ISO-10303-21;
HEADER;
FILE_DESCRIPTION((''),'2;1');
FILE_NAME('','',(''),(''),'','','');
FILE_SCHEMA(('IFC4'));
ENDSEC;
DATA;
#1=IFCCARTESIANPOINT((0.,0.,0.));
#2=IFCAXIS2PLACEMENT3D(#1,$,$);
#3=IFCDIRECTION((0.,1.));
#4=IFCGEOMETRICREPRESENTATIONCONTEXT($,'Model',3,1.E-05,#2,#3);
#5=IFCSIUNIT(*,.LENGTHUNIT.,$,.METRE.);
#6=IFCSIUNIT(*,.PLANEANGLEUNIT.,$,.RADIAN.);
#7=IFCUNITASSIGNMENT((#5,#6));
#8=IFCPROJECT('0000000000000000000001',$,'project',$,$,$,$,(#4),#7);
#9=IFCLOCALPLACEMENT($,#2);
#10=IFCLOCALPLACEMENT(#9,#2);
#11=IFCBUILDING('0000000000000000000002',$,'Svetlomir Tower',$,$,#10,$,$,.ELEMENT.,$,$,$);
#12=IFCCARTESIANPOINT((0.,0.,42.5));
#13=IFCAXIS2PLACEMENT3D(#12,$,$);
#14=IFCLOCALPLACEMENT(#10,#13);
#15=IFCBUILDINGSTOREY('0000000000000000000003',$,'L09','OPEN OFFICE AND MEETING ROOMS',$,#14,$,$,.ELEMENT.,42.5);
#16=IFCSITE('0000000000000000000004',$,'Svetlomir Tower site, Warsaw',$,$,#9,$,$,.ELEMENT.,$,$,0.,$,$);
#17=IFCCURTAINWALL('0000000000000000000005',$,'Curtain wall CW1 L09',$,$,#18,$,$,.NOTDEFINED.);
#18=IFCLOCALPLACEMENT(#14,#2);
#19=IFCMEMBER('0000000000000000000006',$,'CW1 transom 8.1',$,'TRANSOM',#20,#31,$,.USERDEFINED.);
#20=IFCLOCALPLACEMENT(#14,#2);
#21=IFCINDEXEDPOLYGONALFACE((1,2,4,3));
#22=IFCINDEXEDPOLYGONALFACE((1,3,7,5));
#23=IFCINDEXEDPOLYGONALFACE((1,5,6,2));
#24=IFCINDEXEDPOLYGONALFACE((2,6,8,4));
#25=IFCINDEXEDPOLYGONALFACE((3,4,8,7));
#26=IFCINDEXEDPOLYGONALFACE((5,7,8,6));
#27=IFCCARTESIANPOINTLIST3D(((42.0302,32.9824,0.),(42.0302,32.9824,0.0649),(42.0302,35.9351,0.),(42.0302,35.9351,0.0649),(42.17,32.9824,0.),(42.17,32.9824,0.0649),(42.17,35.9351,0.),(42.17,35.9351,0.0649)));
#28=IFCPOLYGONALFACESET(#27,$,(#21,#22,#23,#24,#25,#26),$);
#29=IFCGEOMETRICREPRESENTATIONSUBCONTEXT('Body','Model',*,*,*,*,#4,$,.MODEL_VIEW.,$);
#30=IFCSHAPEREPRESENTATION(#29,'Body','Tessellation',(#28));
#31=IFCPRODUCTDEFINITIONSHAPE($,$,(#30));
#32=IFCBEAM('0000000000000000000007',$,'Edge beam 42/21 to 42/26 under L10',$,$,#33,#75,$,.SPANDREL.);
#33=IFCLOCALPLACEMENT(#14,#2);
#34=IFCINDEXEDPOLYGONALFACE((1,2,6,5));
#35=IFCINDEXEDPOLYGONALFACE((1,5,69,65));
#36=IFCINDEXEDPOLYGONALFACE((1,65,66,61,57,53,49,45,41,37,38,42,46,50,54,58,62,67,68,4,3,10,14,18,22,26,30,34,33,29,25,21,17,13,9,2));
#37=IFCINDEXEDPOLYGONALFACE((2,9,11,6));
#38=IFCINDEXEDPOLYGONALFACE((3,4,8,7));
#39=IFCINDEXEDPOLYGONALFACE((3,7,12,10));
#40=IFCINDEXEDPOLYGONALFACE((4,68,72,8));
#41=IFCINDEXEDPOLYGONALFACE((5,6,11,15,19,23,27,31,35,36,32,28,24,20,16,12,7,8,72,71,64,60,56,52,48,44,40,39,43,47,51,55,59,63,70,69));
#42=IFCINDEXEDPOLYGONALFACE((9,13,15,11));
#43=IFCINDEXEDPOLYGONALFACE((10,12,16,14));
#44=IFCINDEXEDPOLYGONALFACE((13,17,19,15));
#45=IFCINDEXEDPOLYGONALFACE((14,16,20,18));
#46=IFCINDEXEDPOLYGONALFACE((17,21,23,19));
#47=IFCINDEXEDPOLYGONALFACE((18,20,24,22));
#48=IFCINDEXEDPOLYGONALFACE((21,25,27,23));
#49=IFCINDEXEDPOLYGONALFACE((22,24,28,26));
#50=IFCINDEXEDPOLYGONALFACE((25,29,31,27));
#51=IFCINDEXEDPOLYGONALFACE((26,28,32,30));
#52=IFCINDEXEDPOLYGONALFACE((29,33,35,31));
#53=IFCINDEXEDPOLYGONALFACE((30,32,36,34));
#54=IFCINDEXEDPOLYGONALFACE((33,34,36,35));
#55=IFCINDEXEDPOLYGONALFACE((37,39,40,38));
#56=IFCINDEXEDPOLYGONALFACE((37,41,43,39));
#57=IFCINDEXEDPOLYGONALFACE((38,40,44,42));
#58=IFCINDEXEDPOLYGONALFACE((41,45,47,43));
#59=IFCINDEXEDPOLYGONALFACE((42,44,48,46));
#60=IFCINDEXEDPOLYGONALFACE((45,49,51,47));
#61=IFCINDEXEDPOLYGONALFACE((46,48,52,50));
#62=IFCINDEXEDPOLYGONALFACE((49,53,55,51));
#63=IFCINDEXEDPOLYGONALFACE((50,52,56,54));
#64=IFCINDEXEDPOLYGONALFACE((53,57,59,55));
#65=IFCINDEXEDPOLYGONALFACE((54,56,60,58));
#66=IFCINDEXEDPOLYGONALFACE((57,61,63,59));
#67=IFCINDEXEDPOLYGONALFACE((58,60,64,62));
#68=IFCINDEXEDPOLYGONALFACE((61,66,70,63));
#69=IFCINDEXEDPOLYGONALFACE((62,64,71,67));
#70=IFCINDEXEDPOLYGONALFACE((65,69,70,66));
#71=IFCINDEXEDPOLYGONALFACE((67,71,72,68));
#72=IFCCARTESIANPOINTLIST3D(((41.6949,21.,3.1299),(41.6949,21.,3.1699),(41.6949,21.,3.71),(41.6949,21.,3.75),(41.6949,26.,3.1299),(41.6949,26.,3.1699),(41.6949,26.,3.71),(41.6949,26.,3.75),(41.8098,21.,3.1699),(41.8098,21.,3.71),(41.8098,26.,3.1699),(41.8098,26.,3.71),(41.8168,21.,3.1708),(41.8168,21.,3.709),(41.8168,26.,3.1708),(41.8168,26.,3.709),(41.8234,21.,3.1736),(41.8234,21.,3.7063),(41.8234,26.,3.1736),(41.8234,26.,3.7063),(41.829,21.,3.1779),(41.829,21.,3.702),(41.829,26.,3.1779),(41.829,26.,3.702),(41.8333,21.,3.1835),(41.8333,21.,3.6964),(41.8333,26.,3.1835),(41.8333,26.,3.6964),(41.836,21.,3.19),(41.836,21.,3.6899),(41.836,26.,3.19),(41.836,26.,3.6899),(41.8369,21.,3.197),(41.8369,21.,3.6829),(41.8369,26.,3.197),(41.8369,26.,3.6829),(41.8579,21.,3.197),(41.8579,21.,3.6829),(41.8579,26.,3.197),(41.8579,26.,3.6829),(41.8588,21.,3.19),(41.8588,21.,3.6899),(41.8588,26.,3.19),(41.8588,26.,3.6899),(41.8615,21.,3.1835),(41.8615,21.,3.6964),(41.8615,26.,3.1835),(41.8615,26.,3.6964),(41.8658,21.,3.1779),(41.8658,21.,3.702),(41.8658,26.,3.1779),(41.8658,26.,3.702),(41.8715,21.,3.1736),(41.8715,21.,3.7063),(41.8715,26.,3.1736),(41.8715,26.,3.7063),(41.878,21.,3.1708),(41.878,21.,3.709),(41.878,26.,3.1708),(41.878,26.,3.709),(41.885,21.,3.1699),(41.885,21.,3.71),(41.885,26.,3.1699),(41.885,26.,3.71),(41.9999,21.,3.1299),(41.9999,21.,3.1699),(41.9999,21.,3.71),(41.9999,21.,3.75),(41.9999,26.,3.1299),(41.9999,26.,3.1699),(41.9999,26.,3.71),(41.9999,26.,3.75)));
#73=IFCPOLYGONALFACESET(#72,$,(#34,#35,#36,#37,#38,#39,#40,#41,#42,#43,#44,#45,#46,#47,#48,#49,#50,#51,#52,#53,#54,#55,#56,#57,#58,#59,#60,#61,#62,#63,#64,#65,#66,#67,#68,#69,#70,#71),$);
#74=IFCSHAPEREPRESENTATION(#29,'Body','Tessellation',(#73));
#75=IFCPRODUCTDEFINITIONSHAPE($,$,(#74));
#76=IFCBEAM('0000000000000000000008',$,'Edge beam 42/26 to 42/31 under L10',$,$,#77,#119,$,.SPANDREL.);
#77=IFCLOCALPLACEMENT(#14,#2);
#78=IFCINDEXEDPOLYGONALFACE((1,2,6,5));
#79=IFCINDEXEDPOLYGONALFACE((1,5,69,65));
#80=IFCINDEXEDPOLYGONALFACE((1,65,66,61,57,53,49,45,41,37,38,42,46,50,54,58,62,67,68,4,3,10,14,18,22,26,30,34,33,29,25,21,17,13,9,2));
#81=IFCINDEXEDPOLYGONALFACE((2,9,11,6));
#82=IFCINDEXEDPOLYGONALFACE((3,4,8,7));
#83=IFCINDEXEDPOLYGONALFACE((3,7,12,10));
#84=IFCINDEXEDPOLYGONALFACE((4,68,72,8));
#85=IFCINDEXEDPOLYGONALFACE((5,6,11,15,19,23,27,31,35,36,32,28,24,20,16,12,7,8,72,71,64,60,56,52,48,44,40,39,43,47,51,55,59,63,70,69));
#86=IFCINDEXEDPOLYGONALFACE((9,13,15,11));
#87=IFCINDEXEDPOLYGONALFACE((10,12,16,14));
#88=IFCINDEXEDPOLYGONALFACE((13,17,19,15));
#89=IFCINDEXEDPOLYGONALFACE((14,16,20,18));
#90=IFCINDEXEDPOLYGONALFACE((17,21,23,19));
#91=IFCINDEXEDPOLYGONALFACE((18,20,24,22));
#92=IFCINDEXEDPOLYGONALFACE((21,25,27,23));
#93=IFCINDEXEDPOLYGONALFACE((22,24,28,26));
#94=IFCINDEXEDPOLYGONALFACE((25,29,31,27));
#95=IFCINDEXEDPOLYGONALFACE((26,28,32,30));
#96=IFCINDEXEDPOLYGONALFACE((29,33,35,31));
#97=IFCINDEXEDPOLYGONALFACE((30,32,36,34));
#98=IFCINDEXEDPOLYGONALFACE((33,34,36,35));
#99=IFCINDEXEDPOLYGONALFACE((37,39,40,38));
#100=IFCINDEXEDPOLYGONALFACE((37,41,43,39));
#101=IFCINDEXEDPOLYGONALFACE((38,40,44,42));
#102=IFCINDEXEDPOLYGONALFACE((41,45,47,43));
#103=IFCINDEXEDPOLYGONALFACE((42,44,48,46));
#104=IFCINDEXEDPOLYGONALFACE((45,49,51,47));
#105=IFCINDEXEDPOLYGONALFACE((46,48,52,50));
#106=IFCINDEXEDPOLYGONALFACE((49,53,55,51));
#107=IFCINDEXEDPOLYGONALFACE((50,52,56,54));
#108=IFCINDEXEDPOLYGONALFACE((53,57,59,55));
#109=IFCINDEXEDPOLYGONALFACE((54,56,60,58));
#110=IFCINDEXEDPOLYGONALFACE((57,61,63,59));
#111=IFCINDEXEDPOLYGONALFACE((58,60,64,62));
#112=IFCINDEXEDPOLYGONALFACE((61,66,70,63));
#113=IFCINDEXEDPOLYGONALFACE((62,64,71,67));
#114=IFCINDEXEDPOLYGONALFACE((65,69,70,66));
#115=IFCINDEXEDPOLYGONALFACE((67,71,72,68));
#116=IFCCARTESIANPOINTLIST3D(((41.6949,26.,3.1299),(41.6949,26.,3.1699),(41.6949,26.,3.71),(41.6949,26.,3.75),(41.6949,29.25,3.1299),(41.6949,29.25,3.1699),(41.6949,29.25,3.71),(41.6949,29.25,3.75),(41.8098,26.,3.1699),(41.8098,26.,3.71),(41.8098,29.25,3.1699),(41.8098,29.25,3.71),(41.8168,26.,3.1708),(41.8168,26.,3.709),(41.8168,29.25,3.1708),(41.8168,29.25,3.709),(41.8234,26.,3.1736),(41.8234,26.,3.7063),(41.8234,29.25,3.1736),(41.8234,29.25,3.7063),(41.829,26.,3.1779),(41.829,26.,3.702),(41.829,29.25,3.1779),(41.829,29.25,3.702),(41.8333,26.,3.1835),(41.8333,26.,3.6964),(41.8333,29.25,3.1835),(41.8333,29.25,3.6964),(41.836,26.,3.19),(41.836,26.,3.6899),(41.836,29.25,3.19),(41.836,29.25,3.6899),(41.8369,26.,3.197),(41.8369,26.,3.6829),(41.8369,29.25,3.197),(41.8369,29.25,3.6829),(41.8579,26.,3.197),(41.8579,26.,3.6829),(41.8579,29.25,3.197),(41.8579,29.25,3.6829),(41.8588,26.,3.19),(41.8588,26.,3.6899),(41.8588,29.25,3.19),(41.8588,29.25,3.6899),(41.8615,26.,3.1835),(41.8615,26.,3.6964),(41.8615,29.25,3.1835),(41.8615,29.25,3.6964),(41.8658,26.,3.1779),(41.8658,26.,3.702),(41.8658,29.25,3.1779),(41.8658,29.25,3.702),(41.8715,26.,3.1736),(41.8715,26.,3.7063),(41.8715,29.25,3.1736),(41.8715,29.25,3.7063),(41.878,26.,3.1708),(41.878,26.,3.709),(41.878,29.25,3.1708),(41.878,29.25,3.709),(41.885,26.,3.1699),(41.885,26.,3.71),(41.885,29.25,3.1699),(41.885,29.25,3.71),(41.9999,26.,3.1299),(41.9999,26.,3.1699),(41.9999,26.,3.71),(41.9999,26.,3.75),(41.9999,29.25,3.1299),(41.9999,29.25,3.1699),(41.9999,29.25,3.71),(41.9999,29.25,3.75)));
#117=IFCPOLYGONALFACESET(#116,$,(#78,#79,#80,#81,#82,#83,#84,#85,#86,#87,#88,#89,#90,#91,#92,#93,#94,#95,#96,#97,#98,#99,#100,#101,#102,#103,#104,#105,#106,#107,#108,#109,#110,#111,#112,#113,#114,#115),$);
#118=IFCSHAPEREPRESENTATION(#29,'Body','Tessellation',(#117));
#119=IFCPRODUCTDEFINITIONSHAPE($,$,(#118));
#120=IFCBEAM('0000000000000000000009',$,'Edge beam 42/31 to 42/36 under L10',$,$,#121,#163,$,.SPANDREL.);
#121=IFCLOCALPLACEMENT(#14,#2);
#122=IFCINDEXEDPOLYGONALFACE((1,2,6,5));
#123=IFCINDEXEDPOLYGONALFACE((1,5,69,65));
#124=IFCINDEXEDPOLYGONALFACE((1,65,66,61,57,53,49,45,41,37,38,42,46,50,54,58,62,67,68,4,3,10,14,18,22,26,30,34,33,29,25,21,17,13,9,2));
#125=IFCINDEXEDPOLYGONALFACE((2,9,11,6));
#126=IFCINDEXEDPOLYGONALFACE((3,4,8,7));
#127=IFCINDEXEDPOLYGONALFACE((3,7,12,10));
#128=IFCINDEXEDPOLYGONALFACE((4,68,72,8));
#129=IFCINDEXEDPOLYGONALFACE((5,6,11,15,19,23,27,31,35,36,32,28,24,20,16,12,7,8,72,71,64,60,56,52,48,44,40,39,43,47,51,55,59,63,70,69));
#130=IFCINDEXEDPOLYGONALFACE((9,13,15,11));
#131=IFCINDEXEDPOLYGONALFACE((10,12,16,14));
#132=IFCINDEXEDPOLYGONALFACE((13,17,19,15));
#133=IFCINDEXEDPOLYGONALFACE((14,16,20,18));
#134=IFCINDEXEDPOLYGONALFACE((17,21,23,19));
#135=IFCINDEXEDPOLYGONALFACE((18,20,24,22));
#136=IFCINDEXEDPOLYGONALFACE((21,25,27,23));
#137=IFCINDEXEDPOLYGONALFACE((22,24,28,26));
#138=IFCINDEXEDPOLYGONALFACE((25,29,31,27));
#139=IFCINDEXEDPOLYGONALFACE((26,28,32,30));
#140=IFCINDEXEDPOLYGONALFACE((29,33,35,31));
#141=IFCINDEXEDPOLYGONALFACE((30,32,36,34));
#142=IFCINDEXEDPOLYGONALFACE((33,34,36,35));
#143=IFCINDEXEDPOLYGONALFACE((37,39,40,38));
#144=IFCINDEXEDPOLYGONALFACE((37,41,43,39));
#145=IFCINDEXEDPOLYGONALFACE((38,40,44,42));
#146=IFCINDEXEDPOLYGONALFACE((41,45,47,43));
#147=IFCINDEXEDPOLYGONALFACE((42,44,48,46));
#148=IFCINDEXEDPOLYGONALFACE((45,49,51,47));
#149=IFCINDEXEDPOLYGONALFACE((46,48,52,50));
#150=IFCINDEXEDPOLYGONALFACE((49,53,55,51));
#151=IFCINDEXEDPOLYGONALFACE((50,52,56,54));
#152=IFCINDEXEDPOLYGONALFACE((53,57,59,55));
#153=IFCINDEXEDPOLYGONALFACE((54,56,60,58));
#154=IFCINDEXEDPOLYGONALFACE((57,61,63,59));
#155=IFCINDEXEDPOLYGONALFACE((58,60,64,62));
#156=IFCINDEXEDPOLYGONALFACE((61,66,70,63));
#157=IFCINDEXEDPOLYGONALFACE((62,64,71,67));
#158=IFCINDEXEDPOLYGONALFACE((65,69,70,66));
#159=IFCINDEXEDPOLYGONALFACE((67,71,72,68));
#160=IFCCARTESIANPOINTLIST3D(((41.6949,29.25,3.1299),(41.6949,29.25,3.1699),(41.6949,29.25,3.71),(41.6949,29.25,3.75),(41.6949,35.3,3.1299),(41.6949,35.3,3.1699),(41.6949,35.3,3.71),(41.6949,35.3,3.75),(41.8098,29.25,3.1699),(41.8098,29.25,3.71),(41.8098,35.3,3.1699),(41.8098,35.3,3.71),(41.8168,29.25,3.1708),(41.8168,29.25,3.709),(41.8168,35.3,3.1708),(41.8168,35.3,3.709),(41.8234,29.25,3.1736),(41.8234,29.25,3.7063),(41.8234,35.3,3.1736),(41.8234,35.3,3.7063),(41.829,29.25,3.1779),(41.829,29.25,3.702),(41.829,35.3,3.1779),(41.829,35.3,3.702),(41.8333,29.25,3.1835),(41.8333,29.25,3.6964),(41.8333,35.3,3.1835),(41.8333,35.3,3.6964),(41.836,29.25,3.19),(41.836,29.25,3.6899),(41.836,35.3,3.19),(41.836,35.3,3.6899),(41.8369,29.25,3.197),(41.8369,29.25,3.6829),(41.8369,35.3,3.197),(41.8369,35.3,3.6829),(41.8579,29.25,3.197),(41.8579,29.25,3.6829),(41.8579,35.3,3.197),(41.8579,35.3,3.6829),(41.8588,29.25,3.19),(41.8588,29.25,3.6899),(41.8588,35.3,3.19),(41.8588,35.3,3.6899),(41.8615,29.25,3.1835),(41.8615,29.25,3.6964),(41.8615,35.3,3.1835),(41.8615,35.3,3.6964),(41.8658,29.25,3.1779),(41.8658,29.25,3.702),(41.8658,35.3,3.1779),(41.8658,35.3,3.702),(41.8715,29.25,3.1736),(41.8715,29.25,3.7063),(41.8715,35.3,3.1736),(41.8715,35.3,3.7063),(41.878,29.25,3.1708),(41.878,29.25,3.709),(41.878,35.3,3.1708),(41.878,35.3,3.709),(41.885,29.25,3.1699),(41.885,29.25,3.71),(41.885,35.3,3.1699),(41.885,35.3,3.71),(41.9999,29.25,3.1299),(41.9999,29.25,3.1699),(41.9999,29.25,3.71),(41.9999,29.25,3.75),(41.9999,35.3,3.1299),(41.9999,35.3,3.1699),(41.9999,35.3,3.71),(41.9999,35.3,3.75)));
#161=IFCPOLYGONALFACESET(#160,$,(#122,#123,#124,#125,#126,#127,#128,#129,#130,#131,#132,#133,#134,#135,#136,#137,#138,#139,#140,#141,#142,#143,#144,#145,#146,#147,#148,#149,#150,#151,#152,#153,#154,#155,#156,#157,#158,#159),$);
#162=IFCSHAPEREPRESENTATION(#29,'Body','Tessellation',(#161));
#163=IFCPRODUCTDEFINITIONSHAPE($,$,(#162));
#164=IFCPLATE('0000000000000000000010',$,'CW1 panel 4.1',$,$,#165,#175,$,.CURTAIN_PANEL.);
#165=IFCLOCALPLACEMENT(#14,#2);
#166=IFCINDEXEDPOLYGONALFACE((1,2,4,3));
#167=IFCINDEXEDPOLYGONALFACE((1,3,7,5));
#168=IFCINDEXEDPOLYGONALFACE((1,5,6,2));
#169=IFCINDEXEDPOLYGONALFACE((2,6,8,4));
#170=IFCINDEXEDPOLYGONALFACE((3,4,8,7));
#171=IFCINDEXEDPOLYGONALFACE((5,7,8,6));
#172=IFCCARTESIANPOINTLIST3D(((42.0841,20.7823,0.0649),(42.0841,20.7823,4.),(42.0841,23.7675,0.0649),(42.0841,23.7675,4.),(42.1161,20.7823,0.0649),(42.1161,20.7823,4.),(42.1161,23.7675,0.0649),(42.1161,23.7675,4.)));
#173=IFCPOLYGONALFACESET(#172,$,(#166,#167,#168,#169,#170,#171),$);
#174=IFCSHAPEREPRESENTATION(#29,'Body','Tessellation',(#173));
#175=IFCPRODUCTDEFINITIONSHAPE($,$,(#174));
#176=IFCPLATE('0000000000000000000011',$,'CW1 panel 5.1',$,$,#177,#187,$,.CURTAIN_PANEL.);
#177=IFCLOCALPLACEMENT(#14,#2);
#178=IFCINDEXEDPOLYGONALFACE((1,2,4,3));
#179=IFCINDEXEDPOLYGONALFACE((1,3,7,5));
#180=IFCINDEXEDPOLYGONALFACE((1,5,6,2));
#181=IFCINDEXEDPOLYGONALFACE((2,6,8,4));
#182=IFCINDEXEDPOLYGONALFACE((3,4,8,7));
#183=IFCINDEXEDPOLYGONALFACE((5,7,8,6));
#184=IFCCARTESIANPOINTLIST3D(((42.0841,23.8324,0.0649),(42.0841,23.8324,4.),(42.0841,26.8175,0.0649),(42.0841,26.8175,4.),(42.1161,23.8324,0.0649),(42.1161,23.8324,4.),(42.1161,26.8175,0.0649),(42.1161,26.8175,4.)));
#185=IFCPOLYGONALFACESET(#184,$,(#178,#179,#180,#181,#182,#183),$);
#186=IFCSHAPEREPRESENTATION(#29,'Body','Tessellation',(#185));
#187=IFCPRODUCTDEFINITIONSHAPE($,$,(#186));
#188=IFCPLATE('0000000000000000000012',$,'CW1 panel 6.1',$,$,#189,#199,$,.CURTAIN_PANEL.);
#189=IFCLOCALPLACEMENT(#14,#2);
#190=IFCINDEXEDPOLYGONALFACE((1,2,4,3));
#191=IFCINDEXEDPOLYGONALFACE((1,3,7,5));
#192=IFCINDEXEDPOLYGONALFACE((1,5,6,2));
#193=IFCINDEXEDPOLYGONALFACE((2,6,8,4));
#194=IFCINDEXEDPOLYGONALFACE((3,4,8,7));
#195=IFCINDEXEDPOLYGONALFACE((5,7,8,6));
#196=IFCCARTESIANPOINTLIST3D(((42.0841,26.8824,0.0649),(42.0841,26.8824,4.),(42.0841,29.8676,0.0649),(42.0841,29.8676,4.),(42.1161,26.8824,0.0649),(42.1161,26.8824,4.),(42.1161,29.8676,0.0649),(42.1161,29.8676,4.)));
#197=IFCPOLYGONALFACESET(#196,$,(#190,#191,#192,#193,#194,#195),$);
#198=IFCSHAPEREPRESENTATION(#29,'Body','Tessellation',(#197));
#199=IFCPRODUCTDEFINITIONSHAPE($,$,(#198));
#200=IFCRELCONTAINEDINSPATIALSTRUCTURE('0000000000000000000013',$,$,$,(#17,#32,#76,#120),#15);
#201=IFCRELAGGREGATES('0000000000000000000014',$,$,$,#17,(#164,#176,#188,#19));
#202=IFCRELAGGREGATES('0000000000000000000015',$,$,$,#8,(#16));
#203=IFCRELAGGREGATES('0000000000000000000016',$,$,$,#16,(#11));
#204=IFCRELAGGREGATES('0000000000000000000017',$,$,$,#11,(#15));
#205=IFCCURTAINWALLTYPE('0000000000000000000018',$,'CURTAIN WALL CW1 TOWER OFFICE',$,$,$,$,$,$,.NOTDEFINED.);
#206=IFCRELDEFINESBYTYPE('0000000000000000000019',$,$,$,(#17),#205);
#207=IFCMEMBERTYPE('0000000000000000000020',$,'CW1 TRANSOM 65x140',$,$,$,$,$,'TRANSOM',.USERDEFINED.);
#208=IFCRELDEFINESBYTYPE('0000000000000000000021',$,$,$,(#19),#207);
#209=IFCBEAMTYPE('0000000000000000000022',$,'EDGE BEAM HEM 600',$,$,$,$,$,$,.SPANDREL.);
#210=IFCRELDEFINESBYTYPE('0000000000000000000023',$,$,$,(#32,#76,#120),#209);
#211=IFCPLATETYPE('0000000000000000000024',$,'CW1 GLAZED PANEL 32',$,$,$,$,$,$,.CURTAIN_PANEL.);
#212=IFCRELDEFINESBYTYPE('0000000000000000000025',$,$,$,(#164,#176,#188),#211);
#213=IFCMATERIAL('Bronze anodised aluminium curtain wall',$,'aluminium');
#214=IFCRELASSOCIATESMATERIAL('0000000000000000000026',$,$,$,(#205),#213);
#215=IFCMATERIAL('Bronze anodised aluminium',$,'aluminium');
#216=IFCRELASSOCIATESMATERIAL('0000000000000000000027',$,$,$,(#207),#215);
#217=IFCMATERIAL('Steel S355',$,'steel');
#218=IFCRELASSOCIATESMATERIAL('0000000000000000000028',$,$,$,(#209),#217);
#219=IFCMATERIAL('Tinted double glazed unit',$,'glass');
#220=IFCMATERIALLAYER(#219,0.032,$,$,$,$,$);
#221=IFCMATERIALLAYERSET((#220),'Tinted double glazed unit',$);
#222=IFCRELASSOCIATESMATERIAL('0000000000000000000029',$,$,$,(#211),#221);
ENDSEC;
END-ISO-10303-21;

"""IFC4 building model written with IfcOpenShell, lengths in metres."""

from ifc_helpers import new_model, si_unit, direction, frame, origin, origin_2d, place, context, subcontext, project, spatial, rectangle, i_section, extrude, material, layer, layer_set, material_profile, profile_set, type_object, element, aggregate, save


model = new_model("IFC4")

# Units and contexts
model_context = context("Model", 3, precision=1e-05, world=origin(), true_north=direction((0.0, 1.0)))
body_context = subcontext(model_context, "Body", "Model", "MODEL_VIEW")
ifc_project = project(units=[si_unit("LENGTHUNIT", "METRE"), si_unit("PLANEANGLEUNIT", "RADIAN")], contexts=[model_context])

# Site, building, storey
site_placement = place(None, origin())
site = spatial("IfcSite", under=ifc_project, at=site_placement, Name="Svetlomir Tower site, Warsaw", CompositionType="ELEMENT", RefElevation=0.0)
building_placement = place(site_placement, origin())
building = spatial("IfcBuilding", under=site, at=building_placement, Name="Svetlomir Tower", CompositionType="ELEMENT")
storey_placement = place(building_placement, frame((0.0, 0.0, 42.5)))
storey = spatial("IfcBuildingStorey", under=building, at=storey_placement, Name="L09", Description="OPEN OFFICE AND MEETING ROOMS", CompositionType="ELEMENT", Elevation=42.5)

# Curtain wall, member
ifc_material_1 = material(Name="Bronze anodised aluminium curtain wall", Category="aluminium")
curtain_wall_type = type_object("IfcCurtainWallType", Name="CURTAIN WALL CW1 TOWER OFFICE", PredefinedType="NOTDEFINED", material=ifc_material_1)
curtain_wall_placement = place(storey_placement, origin())
curtain_wall = element("IfcCurtainWall", 1, at=curtain_wall_placement, inside=storey, type_object=curtain_wall_type, Name="Curtain wall CW1 L09", PredefinedType="NOTDEFINED")
ifc_material_2 = material(Name="Bronze anodised aluminium", Category="aluminium")
ifc_material_profile_1 = material_profile(ifc_material_2, rectangle(XDim=0.1399, YDim=0.0649, at=origin_2d()), Name="AL 140x65")
ifc_profile_set_1 = profile_set([ifc_material_profile_1], Name="Bronze anodised aluminium 6063-T6")
member_type_1 = type_object("IfcMemberType", Name="CW1 TRANSOM 65x140", ElementType="TRANSOM", PredefinedType="USERDEFINED", material=ifc_profile_set_1)
member_1_placement = place(storey_placement, frame((42.1001, 32.9824, 0.0325), z_axis=(0.0, 1.0, 0.0), x_axis=(-1.0, 0.0, 0.0)))
member_1 = element("IfcMember", 2, at=member_1_placement, type_object=member_type_1, Name="CW1 transom 8.1", ObjectType="TRANSOM", PredefinedType="USERDEFINED", context=body_context, shape_type="SweptSolid", body=[
    extrude(rectangle(XDim=0.1399, YDim=0.0649, at=origin_2d()), origin(), (0.0, 0.0, 1.0), 2.9526),
])

# Beams
ifc_material_3 = material(Name="Steel S355", Category="steel")
ifc_material_profile_2 = material_profile(ifc_material_3, i_section(OverallWidth=0.3049, OverallDepth=0.6201, WebThickness=0.021, FlangeThickness=0.04, FilletRadius=0.0271, at=origin_2d()), Name="HEM 600")
ifc_profile_set_2 = profile_set([ifc_material_profile_2], Name="Steel S355")
beam_type = type_object("IfcBeamType", Name="EDGE BEAM HEM 600", PredefinedType="SPANDREL", material=ifc_profile_set_2)
beam_1_placement = place(storey_placement, frame((41.8474, 21.0, 3.4399), z_axis=(0.0, 1.0, 0.0), x_axis=(-1.0, 0.0, 0.0)))
element("IfcBeam", 3, at=beam_1_placement, inside=storey, type_object=beam_type, Name="Edge beam 42/21 to 42/26 under L10", PredefinedType="SPANDREL", context=body_context, shape_type="SweptSolid", body=[
    extrude(i_section(OverallWidth=0.3049, OverallDepth=0.6201, WebThickness=0.021, FlangeThickness=0.04, FilletRadius=0.0271, at=origin_2d()), origin(), (0.0, 0.0, 1.0), 5.0),
])
beam_2_placement = place(storey_placement, frame((41.8474, 26.0, 3.4399), z_axis=(0.0, 1.0, 0.0), x_axis=(-1.0, 0.0, 0.0)))
element("IfcBeam", 4, at=beam_2_placement, inside=storey, type_object=beam_type, Name="Edge beam 42/26 to 42/31 under L10", PredefinedType="SPANDREL", context=body_context, shape_type="SweptSolid", body=[
    extrude(i_section(OverallWidth=0.3049, OverallDepth=0.6201, WebThickness=0.021, FlangeThickness=0.04, FilletRadius=0.0271, at=origin_2d()), origin(), (0.0, 0.0, 1.0), 3.25),
])
beam_3_placement = place(storey_placement, frame((41.8474, 29.25, 3.4399), z_axis=(0.0, 1.0, 0.0), x_axis=(-1.0, 0.0, 0.0)))
element("IfcBeam", 5, at=beam_3_placement, inside=storey, type_object=beam_type, Name="Edge beam 42/31 to 42/36 under L10", PredefinedType="SPANDREL", context=body_context, shape_type="SweptSolid", body=[
    extrude(i_section(OverallWidth=0.3049, OverallDepth=0.6201, WebThickness=0.021, FlangeThickness=0.04, FilletRadius=0.0271, at=origin_2d()), origin(), (0.0, 0.0, 1.0), 6.05),
])

# Plates
ifc_material_4 = material(Name="Tinted double glazed unit", Category="glass")
ifc_layer_1 = layer(ifc_material_4, 0.032)
ifc_layer_set_1 = layer_set([ifc_layer_1], Name="Tinted double glazed unit")
plate_type = type_object("IfcPlateType", Name="CW1 GLAZED PANEL 32", PredefinedType="CURTAIN_PANEL", material=ifc_layer_set_1)
plate_1_placement = place(storey_placement, frame((42.1001, 22.2749, 0.0649), z_axis=(0.0, 0.0, 1.0), x_axis=(0.0, 1.0, 0.0)))
plate_1 = element("IfcPlate", 6, at=plate_1_placement, type_object=plate_type, Name="CW1 panel 4.1", PredefinedType="CURTAIN_PANEL", context=body_context, shape_type="SweptSolid", body=[
    extrude(rectangle(XDim=2.9851, YDim=0.032, at=origin_2d()), origin(), (0.0, 0.0, 1.0), 3.9351),
])
plate_2_placement = place(storey_placement, frame((42.1001, 25.325, 0.0649), z_axis=(0.0, 0.0, 1.0), x_axis=(0.0, 1.0, 0.0)))
plate_2 = element("IfcPlate", 7, at=plate_2_placement, type_object=plate_type, Name="CW1 panel 5.1", PredefinedType="CURTAIN_PANEL", context=body_context, shape_type="SweptSolid", body=[
    extrude(rectangle(XDim=2.9851, YDim=0.032, at=origin_2d()), origin(), (0.0, 0.0, 1.0), 3.9351),
])
plate_3_placement = place(storey_placement, frame((42.1001, 28.375, 0.0649), z_axis=(0.0, 0.0, 1.0), x_axis=(0.0, 1.0, 0.0)))
plate_3 = element("IfcPlate", 8, at=plate_3_placement, type_object=plate_type, Name="CW1 panel 6.1", PredefinedType="CURTAIN_PANEL", context=body_context, shape_type="SweptSolid", body=[
    extrude(rectangle(XDim=2.9851, YDim=0.032, at=origin_2d()), origin(), (0.0, 0.0, 1.0), 3.9351),
])
aggregate(curtain_wall, [plate_1, plate_2, plate_3, member_1])

save(model, "model.ifc")
